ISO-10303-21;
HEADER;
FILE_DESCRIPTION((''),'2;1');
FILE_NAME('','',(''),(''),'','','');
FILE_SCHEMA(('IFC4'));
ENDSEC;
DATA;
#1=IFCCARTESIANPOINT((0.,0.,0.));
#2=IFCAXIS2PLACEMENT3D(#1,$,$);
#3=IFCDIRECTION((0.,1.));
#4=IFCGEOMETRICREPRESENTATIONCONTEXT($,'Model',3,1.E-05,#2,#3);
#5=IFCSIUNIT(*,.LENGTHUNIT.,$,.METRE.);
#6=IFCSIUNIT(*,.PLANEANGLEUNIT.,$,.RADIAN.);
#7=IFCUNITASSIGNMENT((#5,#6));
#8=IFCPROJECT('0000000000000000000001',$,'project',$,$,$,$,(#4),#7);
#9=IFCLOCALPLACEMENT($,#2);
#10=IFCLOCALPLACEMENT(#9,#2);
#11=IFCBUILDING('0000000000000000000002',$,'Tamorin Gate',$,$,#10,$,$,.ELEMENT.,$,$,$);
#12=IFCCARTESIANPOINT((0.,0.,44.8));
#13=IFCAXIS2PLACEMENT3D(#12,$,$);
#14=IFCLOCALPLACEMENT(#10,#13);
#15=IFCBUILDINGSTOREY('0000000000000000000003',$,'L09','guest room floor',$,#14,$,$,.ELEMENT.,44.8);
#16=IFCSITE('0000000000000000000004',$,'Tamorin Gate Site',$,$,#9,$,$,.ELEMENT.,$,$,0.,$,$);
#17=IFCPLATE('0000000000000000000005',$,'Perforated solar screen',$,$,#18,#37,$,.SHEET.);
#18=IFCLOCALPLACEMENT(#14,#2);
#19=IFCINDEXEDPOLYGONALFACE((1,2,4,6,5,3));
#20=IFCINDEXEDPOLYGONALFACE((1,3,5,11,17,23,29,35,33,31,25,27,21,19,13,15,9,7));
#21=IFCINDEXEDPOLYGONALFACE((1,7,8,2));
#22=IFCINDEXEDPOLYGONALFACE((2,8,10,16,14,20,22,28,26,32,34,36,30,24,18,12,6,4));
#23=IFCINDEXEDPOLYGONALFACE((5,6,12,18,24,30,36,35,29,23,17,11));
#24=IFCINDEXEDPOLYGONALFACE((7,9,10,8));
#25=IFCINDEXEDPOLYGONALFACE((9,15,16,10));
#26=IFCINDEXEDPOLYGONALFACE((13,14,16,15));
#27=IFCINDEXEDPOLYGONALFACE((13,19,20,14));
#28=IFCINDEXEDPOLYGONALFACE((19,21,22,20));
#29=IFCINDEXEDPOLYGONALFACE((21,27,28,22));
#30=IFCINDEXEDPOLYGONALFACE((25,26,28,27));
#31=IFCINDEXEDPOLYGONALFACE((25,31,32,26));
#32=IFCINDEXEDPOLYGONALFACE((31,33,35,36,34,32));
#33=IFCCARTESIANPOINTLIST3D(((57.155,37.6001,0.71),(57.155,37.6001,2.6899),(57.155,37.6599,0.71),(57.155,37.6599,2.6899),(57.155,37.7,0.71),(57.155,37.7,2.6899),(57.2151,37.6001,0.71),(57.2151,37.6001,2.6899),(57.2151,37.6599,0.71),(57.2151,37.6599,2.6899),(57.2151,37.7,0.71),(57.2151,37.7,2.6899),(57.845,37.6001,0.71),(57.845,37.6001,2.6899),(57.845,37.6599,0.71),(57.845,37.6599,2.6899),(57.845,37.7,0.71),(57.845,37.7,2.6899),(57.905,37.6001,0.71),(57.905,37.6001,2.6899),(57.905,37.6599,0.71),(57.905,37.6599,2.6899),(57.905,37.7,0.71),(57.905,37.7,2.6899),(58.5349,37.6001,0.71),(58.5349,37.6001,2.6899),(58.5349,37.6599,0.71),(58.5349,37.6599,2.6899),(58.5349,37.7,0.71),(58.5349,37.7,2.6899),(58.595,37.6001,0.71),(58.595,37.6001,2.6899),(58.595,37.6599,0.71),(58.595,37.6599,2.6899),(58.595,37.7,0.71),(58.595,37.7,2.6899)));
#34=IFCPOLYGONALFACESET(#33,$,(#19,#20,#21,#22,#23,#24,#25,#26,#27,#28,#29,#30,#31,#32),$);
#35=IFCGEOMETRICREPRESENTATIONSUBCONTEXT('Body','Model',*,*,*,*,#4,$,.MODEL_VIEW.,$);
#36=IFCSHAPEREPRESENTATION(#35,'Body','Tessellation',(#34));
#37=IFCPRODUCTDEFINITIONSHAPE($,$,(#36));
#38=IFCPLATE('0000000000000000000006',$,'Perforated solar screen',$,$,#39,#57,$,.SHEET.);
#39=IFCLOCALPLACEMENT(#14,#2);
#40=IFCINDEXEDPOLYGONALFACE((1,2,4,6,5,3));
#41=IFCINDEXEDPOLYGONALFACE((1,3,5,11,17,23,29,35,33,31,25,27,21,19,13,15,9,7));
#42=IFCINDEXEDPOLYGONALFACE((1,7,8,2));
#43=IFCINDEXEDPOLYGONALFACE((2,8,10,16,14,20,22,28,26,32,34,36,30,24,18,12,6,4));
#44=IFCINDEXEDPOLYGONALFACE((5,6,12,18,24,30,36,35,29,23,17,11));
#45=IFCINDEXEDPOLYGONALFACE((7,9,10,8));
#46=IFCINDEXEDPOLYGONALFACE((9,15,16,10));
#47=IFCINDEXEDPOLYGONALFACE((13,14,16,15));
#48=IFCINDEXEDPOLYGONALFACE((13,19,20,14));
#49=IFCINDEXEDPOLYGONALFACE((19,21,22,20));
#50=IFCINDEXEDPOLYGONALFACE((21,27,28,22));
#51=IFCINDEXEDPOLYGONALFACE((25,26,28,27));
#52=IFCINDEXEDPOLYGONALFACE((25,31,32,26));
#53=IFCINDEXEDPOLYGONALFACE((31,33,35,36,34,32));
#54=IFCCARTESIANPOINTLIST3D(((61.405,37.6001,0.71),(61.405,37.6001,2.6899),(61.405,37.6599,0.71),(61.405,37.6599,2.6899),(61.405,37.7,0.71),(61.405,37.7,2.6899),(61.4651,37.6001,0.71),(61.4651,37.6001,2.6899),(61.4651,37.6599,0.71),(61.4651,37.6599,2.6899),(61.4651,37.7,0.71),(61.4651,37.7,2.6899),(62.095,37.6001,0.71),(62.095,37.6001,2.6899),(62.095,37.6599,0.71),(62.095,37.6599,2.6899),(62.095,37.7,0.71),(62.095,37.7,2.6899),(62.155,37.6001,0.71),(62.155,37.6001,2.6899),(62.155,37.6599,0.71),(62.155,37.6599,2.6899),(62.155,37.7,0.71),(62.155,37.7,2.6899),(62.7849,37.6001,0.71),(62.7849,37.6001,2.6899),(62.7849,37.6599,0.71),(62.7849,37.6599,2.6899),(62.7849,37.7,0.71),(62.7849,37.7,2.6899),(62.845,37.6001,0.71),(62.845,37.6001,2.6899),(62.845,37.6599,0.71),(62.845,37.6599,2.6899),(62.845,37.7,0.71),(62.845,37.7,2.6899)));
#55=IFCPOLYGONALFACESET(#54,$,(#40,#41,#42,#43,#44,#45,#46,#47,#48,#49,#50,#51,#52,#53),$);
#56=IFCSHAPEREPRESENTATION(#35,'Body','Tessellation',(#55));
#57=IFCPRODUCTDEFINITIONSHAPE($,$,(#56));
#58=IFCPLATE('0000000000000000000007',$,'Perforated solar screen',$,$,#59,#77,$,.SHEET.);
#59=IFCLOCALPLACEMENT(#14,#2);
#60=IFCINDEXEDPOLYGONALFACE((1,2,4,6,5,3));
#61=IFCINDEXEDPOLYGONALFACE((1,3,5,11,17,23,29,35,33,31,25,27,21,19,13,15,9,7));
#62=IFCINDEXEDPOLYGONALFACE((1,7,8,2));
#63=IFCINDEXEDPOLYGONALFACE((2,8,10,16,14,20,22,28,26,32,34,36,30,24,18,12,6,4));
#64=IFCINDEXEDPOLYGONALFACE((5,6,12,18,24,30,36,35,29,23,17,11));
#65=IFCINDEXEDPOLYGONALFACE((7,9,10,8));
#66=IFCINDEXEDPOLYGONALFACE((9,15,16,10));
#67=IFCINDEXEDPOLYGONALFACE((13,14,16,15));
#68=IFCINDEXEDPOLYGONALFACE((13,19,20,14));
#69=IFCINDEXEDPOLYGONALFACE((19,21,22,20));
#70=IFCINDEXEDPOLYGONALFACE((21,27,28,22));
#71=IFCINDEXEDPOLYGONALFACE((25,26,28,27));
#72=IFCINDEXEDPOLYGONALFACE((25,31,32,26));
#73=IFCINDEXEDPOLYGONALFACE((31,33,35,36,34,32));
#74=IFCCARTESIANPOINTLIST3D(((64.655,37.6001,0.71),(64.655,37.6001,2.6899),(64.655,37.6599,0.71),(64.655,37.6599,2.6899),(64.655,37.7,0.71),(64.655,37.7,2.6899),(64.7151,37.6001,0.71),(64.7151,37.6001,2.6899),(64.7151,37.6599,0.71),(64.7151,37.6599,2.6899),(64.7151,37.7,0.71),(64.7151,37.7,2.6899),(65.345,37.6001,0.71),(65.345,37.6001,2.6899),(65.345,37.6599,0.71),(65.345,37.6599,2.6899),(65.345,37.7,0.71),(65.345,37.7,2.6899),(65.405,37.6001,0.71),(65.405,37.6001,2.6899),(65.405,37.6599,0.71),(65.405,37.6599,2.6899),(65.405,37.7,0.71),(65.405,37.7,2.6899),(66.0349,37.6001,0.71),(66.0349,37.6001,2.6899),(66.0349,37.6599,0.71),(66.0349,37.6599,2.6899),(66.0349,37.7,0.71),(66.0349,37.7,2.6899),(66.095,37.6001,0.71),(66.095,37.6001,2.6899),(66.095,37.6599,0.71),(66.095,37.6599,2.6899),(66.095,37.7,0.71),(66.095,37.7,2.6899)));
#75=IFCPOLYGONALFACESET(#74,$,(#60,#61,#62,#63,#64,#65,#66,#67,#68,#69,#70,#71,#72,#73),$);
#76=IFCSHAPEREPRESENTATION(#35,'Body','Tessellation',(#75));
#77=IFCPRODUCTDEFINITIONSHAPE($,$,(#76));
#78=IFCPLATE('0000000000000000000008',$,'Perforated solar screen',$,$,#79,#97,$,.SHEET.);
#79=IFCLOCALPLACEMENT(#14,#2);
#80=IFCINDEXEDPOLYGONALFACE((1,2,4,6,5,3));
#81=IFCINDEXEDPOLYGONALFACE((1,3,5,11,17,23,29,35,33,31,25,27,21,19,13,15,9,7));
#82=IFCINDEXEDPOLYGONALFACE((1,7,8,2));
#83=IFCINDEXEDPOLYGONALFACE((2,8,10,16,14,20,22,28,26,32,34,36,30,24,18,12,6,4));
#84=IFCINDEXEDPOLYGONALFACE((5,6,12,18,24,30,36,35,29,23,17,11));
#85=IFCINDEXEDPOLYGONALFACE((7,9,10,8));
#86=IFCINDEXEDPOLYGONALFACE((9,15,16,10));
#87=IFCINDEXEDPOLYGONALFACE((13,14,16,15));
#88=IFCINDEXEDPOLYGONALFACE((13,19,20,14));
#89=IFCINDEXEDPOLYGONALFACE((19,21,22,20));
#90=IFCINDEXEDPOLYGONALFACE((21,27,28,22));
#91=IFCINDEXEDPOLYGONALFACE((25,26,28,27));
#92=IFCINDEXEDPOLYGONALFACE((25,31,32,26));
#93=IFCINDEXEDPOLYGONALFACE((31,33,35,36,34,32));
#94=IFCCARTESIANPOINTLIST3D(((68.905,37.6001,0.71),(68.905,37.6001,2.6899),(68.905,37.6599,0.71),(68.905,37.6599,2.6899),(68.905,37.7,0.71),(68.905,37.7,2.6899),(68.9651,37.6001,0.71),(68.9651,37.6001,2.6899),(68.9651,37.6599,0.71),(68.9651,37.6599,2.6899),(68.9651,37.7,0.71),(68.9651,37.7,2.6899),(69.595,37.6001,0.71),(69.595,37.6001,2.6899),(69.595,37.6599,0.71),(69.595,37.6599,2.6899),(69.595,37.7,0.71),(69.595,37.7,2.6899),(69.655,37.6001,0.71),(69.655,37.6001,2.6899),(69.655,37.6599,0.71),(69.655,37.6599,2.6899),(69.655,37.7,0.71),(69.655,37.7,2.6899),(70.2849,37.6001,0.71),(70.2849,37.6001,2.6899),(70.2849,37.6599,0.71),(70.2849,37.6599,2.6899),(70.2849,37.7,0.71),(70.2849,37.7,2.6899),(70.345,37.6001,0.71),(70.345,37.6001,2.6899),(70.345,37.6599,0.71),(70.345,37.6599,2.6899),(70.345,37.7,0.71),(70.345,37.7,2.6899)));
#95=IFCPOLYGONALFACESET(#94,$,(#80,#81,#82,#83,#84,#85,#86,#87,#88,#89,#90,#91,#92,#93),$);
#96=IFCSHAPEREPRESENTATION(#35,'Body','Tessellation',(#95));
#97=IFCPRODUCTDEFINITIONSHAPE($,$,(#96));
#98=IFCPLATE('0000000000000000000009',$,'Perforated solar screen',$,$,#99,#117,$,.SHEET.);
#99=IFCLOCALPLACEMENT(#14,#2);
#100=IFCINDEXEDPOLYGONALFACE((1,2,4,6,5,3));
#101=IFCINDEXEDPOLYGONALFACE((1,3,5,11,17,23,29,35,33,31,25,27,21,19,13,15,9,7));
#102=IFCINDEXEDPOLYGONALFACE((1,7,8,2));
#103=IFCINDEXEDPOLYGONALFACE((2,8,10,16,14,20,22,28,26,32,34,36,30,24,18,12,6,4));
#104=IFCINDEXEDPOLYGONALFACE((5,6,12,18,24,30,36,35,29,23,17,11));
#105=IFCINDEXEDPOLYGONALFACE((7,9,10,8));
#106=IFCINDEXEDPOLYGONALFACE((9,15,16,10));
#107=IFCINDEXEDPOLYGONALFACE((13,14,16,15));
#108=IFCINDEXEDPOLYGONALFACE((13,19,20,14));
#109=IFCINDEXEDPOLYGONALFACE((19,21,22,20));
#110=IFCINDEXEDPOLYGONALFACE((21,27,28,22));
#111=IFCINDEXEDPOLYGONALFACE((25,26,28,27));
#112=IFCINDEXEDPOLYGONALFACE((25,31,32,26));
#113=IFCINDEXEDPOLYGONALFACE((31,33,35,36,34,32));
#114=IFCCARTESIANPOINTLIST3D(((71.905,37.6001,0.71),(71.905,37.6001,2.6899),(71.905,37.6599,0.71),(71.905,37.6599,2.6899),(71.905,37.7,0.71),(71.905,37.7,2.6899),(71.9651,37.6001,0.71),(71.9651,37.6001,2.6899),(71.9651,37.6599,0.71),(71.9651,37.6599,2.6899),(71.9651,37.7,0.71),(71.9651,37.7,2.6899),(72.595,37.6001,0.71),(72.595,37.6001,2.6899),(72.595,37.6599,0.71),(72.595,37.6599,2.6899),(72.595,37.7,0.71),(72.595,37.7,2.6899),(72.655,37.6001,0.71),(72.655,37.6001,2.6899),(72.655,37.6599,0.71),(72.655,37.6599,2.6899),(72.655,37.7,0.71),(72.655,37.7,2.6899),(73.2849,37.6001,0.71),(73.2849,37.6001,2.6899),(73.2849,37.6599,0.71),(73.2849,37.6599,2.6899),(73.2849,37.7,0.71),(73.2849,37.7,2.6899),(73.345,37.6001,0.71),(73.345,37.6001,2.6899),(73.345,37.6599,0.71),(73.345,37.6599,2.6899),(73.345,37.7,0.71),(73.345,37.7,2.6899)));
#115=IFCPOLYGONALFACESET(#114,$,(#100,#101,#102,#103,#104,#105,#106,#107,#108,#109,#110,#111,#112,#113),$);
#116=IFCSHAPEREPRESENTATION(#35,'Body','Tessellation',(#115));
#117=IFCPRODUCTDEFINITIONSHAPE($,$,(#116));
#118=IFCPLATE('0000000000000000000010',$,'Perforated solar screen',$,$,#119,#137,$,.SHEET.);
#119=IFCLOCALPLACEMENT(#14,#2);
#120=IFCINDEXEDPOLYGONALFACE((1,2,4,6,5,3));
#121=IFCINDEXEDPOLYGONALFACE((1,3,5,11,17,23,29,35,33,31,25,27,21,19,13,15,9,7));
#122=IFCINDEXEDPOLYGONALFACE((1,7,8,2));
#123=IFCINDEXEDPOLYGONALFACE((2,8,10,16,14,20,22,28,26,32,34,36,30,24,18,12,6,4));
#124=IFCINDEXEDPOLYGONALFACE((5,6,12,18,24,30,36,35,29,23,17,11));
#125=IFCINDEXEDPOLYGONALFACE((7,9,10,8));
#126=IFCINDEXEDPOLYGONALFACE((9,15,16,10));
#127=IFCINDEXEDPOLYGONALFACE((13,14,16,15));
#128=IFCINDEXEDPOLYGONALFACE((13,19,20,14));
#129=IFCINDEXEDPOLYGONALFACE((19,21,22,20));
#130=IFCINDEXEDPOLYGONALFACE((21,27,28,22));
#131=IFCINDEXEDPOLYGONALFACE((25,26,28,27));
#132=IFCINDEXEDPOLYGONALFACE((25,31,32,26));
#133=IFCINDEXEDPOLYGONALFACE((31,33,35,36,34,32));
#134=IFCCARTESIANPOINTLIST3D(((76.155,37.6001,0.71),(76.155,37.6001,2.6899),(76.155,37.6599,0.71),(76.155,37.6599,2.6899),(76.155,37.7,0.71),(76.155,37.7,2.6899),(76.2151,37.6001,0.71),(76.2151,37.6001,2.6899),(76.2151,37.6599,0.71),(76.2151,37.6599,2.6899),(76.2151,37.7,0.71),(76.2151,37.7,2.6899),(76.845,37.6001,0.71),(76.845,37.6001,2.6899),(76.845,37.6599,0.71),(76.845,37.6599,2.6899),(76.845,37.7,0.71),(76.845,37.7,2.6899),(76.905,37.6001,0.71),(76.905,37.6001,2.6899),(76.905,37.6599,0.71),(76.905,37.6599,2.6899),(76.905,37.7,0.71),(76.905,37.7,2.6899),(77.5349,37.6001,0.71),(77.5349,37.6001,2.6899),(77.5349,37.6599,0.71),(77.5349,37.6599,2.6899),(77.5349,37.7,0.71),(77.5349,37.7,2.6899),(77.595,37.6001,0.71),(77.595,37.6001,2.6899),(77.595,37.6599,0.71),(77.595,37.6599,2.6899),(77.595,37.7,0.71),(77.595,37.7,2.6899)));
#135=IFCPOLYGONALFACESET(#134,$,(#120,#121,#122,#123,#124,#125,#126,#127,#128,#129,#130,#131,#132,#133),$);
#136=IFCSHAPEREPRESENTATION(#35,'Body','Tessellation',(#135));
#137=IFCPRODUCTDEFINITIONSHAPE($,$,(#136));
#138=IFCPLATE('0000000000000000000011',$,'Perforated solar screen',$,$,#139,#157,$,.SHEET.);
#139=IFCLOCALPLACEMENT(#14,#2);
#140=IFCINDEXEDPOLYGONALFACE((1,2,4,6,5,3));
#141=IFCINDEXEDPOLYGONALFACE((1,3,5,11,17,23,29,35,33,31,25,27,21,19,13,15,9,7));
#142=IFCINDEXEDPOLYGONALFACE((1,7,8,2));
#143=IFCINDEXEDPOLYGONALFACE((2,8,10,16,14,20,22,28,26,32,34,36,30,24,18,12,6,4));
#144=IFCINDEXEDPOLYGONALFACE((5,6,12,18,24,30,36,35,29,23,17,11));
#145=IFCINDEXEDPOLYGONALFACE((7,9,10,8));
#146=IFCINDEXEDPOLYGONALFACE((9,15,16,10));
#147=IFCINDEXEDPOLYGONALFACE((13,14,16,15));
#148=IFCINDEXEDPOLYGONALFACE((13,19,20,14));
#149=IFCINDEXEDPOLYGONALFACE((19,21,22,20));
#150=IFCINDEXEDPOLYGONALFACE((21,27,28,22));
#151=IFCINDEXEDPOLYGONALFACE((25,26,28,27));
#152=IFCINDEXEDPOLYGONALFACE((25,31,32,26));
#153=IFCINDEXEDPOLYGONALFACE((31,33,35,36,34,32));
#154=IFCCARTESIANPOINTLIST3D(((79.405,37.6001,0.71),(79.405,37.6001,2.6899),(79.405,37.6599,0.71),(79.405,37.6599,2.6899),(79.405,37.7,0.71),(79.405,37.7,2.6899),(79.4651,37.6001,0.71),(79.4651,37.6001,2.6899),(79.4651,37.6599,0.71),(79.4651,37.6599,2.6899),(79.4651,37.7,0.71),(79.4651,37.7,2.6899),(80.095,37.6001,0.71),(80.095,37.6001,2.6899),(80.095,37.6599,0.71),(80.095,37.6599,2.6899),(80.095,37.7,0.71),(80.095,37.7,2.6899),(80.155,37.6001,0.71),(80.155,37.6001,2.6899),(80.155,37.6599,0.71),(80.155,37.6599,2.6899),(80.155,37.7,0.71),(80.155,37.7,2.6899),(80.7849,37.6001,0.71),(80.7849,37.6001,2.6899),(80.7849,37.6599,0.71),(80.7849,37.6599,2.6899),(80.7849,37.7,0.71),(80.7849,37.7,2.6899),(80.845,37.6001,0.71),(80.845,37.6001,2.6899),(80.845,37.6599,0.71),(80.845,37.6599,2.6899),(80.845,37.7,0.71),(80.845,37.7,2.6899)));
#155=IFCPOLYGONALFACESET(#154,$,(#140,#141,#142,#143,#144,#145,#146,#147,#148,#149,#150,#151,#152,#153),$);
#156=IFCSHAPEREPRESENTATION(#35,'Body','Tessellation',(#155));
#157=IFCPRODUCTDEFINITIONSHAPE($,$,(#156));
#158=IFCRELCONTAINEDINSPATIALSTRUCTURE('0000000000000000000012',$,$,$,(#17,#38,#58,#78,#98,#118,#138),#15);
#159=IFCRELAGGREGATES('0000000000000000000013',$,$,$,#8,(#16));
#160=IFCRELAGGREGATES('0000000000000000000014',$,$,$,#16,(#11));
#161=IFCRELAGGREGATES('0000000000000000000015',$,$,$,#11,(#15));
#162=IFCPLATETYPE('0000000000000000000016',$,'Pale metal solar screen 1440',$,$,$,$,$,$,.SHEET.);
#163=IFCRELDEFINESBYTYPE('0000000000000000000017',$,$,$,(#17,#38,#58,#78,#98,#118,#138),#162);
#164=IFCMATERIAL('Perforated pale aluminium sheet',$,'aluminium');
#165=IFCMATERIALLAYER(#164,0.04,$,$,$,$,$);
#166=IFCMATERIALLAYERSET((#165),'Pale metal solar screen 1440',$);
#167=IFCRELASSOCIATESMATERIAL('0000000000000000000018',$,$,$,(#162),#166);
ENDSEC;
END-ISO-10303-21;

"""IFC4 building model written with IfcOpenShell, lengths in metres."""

from ifc_helpers import new_model, si_unit, direction, frame, origin, place, context, subcontext, project, spatial, polyline, outline, extrude, material, layer, layer_set, type_object, element, save


model = new_model("IFC4")

# Units and contexts
model_context = context("Model", 3, precision=1e-05, world=origin(), true_north=direction((0.0, 1.0)))
body_context = subcontext(model_context, "Body", "Model", "MODEL_VIEW")
ifc_project = project(units=[si_unit("LENGTHUNIT", "METRE"), si_unit("PLANEANGLEUNIT", "RADIAN")], contexts=[model_context])

# Site, building, storey
site_placement = place(None, origin())
site = spatial("IfcSite", under=ifc_project, at=site_placement, Name="Tamorin Gate Site", CompositionType="ELEMENT", RefElevation=0.0)
building_placement = place(site_placement, origin())
building = spatial("IfcBuilding", under=site, at=building_placement, Name="Tamorin Gate", CompositionType="ELEMENT")
storey_placement = place(building_placement, frame((0.0, 0.0, 44.8)))
storey = spatial("IfcBuildingStorey", under=building, at=storey_placement, Name="L09", Description="guest room floor", CompositionType="ELEMENT", Elevation=44.8)

# Plates
ifc_material_1 = material(Name="Perforated pale aluminium sheet", Category="aluminium")
ifc_layer_1 = layer(ifc_material_1, 0.04)
ifc_layer_set_1 = layer_set([ifc_layer_1], Name="Pale metal solar screen 1440")
plate_type = type_object("IfcPlateType", Name="Pale metal solar screen 1440", PredefinedType="SHEET", material=ifc_layer_set_1)
plate_1_placement = place(storey_placement, frame((0.0, 0.0, 0.71)))
element("IfcPlate", 1, at=plate_1_placement, inside=storey, type_object=plate_type, Name="Perforated solar screen", PredefinedType="SHEET", context=body_context, shape_type="SweptSolid", body=[
    extrude(outline(polyline([(57.155, 37.6599), (57.155, 37.7), (57.2151, 37.7), (57.845, 37.7), (57.905, 37.7), (58.5349, 37.7), (58.595, 37.7), (58.595, 37.6599), (58.595, 37.6001), (58.5349, 37.6001), (58.5349, 37.6599), (57.905, 37.6599), (57.905, 37.6001), (57.845, 37.6001), (57.845, 37.6599), (57.2151, 37.6599), (57.2151, 37.6001), (57.155, 37.6001), (57.155, 37.6599)])), origin(), (0.0, 0.0, 1.0), 1.98),
])
plate_2_placement = place(storey_placement, frame((0.0, 0.0, 0.71)))
element("IfcPlate", 2, at=plate_2_placement, inside=storey, type_object=plate_type, Name="Perforated solar screen", PredefinedType="SHEET", context=body_context, shape_type="SweptSolid", body=[
    extrude(outline(polyline([(61.405, 37.6599), (61.405, 37.7), (61.4651, 37.7), (62.095, 37.7), (62.155, 37.7), (62.7849, 37.7), (62.845, 37.7), (62.845, 37.6599), (62.845, 37.6001), (62.7849, 37.6001), (62.7849, 37.6599), (62.155, 37.6599), (62.155, 37.6001), (62.095, 37.6001), (62.095, 37.6599), (61.4651, 37.6599), (61.4651, 37.6001), (61.405, 37.6001), (61.405, 37.6599)])), origin(), (0.0, 0.0, 1.0), 1.98),
])
plate_3_placement = place(storey_placement, frame((0.0, 0.0, 0.71)))
element("IfcPlate", 3, at=plate_3_placement, inside=storey, type_object=plate_type, Name="Perforated solar screen", PredefinedType="SHEET", context=body_context, shape_type="SweptSolid", body=[
    extrude(outline(polyline([(64.655, 37.6599), (64.655, 37.7), (64.7151, 37.7), (65.345, 37.7), (65.405, 37.7), (66.0349, 37.7), (66.095, 37.7), (66.095, 37.6599), (66.095, 37.6001), (66.0349, 37.6001), (66.0349, 37.6599), (65.405, 37.6599), (65.405, 37.6001), (65.345, 37.6001), (65.345, 37.6599), (64.7151, 37.6599), (64.7151, 37.6001), (64.655, 37.6001), (64.655, 37.6599)])), origin(), (0.0, 0.0, 1.0), 1.98),
])
plate_4_placement = place(storey_placement, frame((0.0, 0.0, 0.71)))
element("IfcPlate", 4, at=plate_4_placement, inside=storey, type_object=plate_type, Name="Perforated solar screen", PredefinedType="SHEET", context=body_context, shape_type="SweptSolid", body=[
    extrude(outline(polyline([(68.905, 37.6599), (68.905, 37.7), (68.9651, 37.7), (69.595, 37.7), (69.655, 37.7), (70.2849, 37.7), (70.345, 37.7), (70.345, 37.6599), (70.345, 37.6001), (70.2849, 37.6001), (70.2849, 37.6599), (69.655, 37.6599), (69.655, 37.6001), (69.595, 37.6001), (69.595, 37.6599), (68.9651, 37.6599), (68.9651, 37.6001), (68.905, 37.6001), (68.905, 37.6599)])), origin(), (0.0, 0.0, 1.0), 1.98),
])
plate_5_placement = place(storey_placement, frame((0.0, 0.0, 0.71)))
element("IfcPlate", 5, at=plate_5_placement, inside=storey, type_object=plate_type, Name="Perforated solar screen", PredefinedType="SHEET", context=body_context, shape_type="SweptSolid", body=[
    extrude(outline(polyline([(71.905, 37.6599), (71.905, 37.7), (71.9651, 37.7), (72.595, 37.7), (72.655, 37.7), (73.2849, 37.7), (73.345, 37.7), (73.345, 37.6599), (73.345, 37.6001), (73.2849, 37.6001), (73.2849, 37.6599), (72.655, 37.6599), (72.655, 37.6001), (72.595, 37.6001), (72.595, 37.6599), (71.9651, 37.6599), (71.9651, 37.6001), (71.905, 37.6001), (71.905, 37.6599)])), origin(), (0.0, 0.0, 1.0), 1.98),
])
plate_6_placement = place(storey_placement, frame((0.0, 0.0, 0.71)))
element("IfcPlate", 6, at=plate_6_placement, inside=storey, type_object=plate_type, Name="Perforated solar screen", PredefinedType="SHEET", context=body_context, shape_type="SweptSolid", body=[
    extrude(outline(polyline([(76.155, 37.6599), (76.155, 37.7), (76.2151, 37.7), (76.845, 37.7), (76.905, 37.7), (77.5349, 37.7), (77.595, 37.7), (77.595, 37.6599), (77.595, 37.6001), (77.5349, 37.6001), (77.5349, 37.6599), (76.905, 37.6599), (76.905, 37.6001), (76.845, 37.6001), (76.845, 37.6599), (76.2151, 37.6599), (76.2151, 37.6001), (76.155, 37.6001), (76.155, 37.6599)])), origin(), (0.0, 0.0, 1.0), 1.98),
])
plate_7_placement = place(storey_placement, frame((0.0, 0.0, 0.71)))
element("IfcPlate", 7, at=plate_7_placement, inside=storey, type_object=plate_type, Name="Perforated solar screen", PredefinedType="SHEET", context=body_context, shape_type="SweptSolid", body=[
    extrude(outline(polyline([(79.405, 37.6599), (79.405, 37.7), (79.4651, 37.7), (80.095, 37.7), (80.155, 37.7), (80.7849, 37.7), (80.845, 37.7), (80.845, 37.6599), (80.845, 37.6001), (80.7849, 37.6001), (80.7849, 37.6599), (80.155, 37.6599), (80.155, 37.6001), (80.095, 37.6001), (80.095, 37.6599), (79.4651, 37.6599), (79.4651, 37.6001), (79.405, 37.6001), (79.405, 37.6599)])), origin(), (0.0, 0.0, 1.0), 1.98),
])

save(model, "model.ifc")
